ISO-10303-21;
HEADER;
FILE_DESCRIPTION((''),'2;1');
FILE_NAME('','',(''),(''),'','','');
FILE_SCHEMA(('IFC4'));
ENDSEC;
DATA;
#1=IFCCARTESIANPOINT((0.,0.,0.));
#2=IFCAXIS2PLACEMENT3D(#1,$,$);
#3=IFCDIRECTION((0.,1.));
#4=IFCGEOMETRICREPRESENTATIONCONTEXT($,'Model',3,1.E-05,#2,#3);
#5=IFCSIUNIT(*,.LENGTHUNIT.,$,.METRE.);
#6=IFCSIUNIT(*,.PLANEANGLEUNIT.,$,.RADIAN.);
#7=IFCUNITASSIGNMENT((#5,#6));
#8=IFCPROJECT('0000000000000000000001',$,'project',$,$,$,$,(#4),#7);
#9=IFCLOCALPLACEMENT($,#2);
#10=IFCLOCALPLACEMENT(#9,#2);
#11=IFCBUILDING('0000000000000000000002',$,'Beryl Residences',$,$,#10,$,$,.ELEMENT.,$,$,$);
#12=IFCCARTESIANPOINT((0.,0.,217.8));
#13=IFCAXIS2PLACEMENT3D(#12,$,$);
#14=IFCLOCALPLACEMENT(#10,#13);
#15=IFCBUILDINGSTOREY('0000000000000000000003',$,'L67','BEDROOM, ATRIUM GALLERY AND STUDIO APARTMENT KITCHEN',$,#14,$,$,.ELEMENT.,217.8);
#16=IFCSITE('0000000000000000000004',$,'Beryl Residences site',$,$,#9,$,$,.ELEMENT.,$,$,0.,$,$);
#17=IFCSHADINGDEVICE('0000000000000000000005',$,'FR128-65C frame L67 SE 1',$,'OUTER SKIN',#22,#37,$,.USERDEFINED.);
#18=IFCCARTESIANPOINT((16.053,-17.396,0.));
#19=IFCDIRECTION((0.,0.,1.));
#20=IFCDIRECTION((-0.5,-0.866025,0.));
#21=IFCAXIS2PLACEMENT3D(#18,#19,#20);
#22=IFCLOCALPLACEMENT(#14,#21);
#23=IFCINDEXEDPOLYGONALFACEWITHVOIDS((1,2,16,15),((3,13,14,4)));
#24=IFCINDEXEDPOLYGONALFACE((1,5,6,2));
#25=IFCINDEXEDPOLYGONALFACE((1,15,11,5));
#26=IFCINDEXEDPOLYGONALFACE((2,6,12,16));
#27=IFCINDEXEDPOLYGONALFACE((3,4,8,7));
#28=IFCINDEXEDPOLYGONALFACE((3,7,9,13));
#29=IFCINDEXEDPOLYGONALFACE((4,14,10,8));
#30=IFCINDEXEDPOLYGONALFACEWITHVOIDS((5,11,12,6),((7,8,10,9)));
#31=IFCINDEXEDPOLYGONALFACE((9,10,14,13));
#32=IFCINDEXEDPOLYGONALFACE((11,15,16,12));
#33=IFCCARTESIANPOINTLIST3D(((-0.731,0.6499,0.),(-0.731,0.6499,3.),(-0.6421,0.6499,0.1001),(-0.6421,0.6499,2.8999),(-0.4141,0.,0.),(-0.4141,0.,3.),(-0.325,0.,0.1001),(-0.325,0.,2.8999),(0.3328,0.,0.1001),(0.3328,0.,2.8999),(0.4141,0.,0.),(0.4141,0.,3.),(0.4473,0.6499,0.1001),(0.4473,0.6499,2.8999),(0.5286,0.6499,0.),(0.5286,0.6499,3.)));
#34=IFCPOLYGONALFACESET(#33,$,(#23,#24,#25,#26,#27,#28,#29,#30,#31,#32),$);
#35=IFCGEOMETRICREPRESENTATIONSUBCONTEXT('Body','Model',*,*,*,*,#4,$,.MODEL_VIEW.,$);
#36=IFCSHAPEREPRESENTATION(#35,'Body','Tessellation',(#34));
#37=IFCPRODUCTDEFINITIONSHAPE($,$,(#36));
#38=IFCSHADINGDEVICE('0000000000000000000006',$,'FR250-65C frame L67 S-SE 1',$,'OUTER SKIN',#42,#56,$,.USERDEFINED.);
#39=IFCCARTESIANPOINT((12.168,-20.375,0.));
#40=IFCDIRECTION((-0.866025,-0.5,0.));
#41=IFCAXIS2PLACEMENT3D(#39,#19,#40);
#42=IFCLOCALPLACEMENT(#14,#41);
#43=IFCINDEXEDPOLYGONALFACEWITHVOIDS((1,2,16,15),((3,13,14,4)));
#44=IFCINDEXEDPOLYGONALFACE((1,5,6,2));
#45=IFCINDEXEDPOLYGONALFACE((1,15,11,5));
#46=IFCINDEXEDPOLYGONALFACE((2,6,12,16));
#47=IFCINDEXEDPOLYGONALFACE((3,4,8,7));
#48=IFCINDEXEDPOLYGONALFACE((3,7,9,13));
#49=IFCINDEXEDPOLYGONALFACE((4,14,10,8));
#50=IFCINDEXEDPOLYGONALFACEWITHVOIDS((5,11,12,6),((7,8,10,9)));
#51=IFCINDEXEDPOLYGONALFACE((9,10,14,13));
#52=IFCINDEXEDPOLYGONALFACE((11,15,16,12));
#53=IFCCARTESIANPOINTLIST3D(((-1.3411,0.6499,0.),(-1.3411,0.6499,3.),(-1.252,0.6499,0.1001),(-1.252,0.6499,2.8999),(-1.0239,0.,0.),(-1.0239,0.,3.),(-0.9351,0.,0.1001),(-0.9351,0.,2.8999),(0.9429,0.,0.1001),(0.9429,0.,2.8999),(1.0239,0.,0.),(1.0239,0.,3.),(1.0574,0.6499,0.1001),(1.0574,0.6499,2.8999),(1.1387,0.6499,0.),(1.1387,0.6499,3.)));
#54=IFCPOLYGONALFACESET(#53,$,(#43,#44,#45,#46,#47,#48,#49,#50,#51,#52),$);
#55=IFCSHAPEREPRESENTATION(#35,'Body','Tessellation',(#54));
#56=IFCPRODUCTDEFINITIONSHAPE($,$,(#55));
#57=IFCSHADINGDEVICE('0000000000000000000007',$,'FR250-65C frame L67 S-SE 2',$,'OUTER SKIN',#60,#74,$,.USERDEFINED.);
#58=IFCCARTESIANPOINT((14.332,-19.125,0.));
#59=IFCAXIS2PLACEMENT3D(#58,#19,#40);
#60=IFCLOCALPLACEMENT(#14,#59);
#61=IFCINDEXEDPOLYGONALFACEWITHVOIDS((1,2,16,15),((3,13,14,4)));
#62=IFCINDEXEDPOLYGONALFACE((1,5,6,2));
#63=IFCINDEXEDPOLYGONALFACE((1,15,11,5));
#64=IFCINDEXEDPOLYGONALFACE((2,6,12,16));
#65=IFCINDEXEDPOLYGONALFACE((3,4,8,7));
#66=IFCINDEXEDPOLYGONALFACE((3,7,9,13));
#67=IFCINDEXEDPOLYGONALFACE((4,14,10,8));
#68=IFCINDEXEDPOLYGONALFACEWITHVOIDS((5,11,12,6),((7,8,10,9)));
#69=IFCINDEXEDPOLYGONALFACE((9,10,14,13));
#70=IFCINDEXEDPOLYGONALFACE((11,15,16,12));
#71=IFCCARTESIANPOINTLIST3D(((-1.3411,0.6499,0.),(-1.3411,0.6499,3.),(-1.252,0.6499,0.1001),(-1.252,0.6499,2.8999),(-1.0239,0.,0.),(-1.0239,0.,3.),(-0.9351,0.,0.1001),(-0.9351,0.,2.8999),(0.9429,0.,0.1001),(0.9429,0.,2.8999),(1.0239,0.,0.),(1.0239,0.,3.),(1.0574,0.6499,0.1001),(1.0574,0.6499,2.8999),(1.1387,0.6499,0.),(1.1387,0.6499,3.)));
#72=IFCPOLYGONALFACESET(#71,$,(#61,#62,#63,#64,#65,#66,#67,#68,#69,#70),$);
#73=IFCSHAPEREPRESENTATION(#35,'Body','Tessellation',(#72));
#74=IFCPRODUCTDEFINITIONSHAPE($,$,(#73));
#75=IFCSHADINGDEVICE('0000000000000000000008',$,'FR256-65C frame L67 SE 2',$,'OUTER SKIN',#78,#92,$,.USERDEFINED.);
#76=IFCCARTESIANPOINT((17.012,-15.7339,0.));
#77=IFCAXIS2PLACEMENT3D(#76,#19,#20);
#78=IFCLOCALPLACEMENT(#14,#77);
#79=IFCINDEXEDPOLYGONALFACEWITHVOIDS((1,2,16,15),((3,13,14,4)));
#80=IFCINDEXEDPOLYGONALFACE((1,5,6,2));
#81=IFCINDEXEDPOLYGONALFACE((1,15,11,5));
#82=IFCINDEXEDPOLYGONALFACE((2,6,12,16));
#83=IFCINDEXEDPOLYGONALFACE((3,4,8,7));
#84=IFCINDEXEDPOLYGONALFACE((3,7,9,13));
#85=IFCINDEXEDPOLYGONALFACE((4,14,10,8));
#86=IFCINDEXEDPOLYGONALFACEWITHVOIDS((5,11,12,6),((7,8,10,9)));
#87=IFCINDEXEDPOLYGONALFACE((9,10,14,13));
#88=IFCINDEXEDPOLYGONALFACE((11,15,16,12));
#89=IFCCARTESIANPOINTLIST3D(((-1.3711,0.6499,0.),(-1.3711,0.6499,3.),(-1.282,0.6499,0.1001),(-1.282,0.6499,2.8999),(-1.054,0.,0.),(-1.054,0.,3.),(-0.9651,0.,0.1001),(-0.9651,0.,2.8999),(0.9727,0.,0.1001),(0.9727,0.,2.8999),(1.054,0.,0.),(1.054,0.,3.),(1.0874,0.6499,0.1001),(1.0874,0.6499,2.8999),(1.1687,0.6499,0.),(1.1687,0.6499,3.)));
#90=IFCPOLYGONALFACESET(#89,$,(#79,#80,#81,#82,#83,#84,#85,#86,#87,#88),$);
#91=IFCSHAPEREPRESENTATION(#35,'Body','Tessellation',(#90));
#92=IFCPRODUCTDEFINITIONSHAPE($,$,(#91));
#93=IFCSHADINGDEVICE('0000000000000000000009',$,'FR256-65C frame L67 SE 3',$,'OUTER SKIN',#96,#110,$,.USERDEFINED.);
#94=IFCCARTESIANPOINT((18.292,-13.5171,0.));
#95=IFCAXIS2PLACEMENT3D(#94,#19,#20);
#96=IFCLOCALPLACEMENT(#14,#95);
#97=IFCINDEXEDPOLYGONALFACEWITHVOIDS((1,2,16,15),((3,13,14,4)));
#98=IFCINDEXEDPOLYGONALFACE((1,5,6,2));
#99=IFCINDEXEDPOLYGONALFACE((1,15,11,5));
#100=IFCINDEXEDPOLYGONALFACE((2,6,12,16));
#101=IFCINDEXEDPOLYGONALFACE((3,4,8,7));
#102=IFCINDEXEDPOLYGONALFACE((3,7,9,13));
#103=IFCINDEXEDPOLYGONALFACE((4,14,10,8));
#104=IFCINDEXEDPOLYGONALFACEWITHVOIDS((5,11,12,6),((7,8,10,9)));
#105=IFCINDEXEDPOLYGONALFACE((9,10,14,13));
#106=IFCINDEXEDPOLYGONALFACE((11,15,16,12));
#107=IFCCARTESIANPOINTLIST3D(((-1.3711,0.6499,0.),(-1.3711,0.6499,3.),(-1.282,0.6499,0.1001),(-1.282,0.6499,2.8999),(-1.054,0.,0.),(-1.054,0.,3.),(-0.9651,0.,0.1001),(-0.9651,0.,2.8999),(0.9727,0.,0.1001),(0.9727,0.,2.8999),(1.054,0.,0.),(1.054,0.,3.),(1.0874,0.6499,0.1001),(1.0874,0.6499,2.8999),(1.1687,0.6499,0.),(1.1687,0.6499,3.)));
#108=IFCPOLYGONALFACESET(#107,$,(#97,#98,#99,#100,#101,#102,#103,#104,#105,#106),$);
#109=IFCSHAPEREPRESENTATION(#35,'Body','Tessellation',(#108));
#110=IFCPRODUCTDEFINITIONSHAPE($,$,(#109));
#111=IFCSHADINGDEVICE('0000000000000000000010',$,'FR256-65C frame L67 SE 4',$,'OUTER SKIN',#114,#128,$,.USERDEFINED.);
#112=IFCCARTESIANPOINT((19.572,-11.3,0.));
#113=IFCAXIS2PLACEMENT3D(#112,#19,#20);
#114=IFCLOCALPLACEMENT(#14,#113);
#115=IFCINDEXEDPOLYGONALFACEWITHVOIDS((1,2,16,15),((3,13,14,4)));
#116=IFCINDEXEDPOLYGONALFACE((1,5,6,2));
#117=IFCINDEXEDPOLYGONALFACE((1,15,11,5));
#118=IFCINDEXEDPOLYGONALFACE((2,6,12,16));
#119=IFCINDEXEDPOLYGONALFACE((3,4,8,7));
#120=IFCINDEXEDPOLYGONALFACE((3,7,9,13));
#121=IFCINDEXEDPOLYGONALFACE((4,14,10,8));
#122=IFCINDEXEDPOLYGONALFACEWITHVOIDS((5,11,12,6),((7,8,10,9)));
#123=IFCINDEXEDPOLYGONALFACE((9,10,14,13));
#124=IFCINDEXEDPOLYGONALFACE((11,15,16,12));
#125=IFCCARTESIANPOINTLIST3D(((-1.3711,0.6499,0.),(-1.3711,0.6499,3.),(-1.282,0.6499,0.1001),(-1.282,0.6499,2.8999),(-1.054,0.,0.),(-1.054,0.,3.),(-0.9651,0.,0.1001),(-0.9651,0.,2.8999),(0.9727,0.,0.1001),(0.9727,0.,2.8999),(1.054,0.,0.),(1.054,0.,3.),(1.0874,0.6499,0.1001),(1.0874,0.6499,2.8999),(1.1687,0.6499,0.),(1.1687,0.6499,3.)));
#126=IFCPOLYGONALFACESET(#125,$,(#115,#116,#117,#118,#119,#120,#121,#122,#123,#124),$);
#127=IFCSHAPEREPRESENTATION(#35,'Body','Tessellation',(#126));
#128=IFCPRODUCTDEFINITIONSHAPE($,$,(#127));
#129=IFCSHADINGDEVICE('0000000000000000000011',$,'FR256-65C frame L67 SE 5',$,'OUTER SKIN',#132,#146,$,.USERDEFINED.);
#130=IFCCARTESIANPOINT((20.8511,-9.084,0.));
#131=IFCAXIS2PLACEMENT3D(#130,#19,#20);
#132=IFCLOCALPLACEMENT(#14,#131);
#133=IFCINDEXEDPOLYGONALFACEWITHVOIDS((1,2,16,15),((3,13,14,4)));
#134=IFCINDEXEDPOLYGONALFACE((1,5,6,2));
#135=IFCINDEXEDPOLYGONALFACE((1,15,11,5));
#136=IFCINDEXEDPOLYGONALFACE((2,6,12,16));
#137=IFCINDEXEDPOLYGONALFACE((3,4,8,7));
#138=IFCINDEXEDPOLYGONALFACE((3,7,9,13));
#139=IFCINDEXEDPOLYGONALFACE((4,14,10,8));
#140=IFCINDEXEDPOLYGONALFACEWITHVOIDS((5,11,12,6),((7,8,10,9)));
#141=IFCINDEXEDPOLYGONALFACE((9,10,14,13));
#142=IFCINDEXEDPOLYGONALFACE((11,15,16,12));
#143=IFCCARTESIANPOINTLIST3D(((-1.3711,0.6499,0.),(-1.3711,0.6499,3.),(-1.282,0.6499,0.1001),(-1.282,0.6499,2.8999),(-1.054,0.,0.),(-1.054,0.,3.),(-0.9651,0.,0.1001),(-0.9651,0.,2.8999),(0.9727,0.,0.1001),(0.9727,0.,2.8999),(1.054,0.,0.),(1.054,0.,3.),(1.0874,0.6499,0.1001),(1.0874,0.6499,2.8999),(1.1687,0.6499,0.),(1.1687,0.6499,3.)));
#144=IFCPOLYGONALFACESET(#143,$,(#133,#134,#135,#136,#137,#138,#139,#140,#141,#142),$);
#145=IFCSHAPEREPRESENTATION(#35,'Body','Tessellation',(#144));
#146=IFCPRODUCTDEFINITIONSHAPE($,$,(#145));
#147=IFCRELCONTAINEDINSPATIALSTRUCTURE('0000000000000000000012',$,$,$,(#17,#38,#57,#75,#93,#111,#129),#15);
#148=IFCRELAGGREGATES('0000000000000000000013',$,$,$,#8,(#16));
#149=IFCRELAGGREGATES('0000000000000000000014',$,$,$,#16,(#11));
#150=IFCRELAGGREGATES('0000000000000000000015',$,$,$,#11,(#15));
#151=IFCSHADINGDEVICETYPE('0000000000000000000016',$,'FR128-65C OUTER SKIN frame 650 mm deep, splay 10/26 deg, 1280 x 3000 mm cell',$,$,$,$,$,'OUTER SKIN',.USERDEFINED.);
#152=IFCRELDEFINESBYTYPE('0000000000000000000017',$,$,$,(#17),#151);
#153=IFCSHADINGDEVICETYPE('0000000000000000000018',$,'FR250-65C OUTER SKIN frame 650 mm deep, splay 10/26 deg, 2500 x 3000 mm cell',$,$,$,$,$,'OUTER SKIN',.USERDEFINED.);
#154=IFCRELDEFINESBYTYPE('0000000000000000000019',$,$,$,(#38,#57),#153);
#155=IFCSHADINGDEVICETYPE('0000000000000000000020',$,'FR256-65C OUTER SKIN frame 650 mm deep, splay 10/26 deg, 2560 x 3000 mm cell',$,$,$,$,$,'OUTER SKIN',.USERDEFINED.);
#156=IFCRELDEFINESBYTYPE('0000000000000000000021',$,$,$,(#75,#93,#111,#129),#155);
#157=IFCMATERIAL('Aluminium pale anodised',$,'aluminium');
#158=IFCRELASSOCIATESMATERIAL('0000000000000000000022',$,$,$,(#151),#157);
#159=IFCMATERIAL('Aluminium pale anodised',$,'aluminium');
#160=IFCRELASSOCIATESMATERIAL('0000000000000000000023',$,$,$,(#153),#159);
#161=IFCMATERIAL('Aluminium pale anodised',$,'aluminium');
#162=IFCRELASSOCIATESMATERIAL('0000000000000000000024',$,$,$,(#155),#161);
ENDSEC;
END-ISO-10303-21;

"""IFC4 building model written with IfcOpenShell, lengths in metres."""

from ifc_helpers import new_model, entity, si_unit, direction, frame, origin, place, context, subcontext, project, spatial, source, transform, mapped, material, type_object, type_shapes, element, save


model = new_model("IFC4")

# Units and contexts
model_context = context("Model", 3, precision=1e-05, world=origin(), true_north=direction((0.0, 1.0)))
body_context = subcontext(model_context, "Body", "Model", "MODEL_VIEW")
ifc_project = project(units=[si_unit("LENGTHUNIT", "METRE"), si_unit("PLANEANGLEUNIT", "RADIAN")], contexts=[model_context])

# Site, building, storey
site_placement = place(None, origin())
site = spatial("IfcSite", under=ifc_project, at=site_placement, Name="Beryl Residences site", CompositionType="ELEMENT", RefElevation=0.0)
building_placement = place(site_placement, origin())
building = spatial("IfcBuilding", under=site, at=building_placement, Name="Beryl Residences", CompositionType="ELEMENT")
storey_placement = place(building_placement, frame((0.0, 0.0, 217.8)))
storey = spatial("IfcBuildingStorey", under=building, at=storey_placement, Name="L67", Description="BEDROOM, ATRIUM GALLERY AND STUDIO APARTMENT KITCHEN", CompositionType="ELEMENT", Elevation=217.8)

# Shading devices
ifc_material_1 = material(Name="Aluminium pale anodised", Category="aluminium")
shading_device_type_1 = type_object("IfcShadingDeviceType", Name="FR128-65C OUTER SKIN frame 650 mm deep, splay 10/26 deg, 1280 x 3000 mm cell", ElementType="OUTER SKIN", PredefinedType="USERDEFINED", material=ifc_material_1)
cartesian_point_1 = entity("IfcCartesianPoint", [-0.4141, 0.0])
cartesian_point_2 = entity("IfcCartesianPoint", [-0.3328, 0.1001])
cartesian_point_3 = entity("IfcCartesianPoint", [-0.5286, 0.0])
cartesian_point_4 = entity("IfcCartesianPoint", [-0.4473, 0.1001])
shared_shape_1 = source(origin(), body_context, "Body", "SweptSolid", [
    entity("IfcExtrudedAreaSolidTapered", entity("IfcArbitraryProfileDefWithVoids", "AREA", None, entity("IfcPolyline", [cartesian_point_1, entity("IfcCartesianPoint", [0.4141, 0.0]), entity("IfcCartesianPoint", [0.4141, 3.0]), entity("IfcCartesianPoint", [-0.4141, 3.0]), cartesian_point_1]), [entity("IfcPolyline", [cartesian_point_2, entity("IfcCartesianPoint", [0.325, 0.1001]), entity("IfcCartesianPoint", [0.325, 2.8999]), entity("IfcCartesianPoint", [-0.3328, 2.8999]), cartesian_point_2])]), entity("IfcAxis2Placement3D", entity("IfcCartesianPoint", [0.0, 0.0, 0.0]), entity("IfcDirection", [0.0, 1.0, 0.0]), entity("IfcDirection", [-1.0, 0.0, 0.0])), entity("IfcDirection", [0.0, 0.0, 1.0]), 0.6499, entity("IfcArbitraryProfileDefWithVoids", "AREA", None, entity("IfcPolyline", [cartesian_point_3, entity("IfcCartesianPoint", [0.731, 0.0]), entity("IfcCartesianPoint", [0.731, 3.0]), entity("IfcCartesianPoint", [-0.5286, 3.0]), cartesian_point_3]), [entity("IfcPolyline", [cartesian_point_4, entity("IfcCartesianPoint", [0.6421, 0.1001]), entity("IfcCartesianPoint", [0.6421, 2.8999]), entity("IfcCartesianPoint", [-0.4473, 2.8999]), cartesian_point_4])])),
])
type_shapes(shading_device_type_1, [shared_shape_1])
shading_device_placement = place(storey_placement, frame((16.053, -17.396, 0.0), z_axis=(0.0, 0.0, 1.0), x_axis=(-0.5, -0.866025, 0.0)))
element("IfcShadingDevice", 1, at=shading_device_placement, inside=storey, type_object=shading_device_type_1, Name="FR128-65C frame L67 SE 1", ObjectType="OUTER SKIN", PredefinedType="USERDEFINED", context=body_context, shape_type="MappedRepresentation", body=[
    mapped(shared_shape_1, transform((0.0, 0.0, 0.0))),
])
ifc_material_2 = material(Name="Aluminium pale anodised", Category="aluminium")
shading_device_type_2 = type_object("IfcShadingDeviceType", Name="FR250-65C OUTER SKIN frame 650 mm deep, splay 10/26 deg, 2500 x 3000 mm cell", ElementType="OUTER SKIN", PredefinedType="USERDEFINED", material=ifc_material_2)
cartesian_point_5 = entity("IfcCartesianPoint", [-1.0239, 0.0])
cartesian_point_6 = entity("IfcCartesianPoint", [-0.9429, 0.1001])
cartesian_point_7 = entity("IfcCartesianPoint", [-1.1387, 0.0])
cartesian_point_8 = entity("IfcCartesianPoint", [-1.0574, 0.1001])
shared_shape_2 = source(origin(), body_context, "Body", "SweptSolid", [
    entity("IfcExtrudedAreaSolidTapered", entity("IfcArbitraryProfileDefWithVoids", "AREA", None, entity("IfcPolyline", [cartesian_point_5, entity("IfcCartesianPoint", [1.0239, 0.0]), entity("IfcCartesianPoint", [1.0239, 3.0]), entity("IfcCartesianPoint", [-1.0239, 3.0]), cartesian_point_5]), [entity("IfcPolyline", [cartesian_point_6, entity("IfcCartesianPoint", [0.9351, 0.1001]), entity("IfcCartesianPoint", [0.9351, 2.8999]), entity("IfcCartesianPoint", [-0.9429, 2.8999]), cartesian_point_6])]), entity("IfcAxis2Placement3D", entity("IfcCartesianPoint", [0.0, 0.0, 0.0]), entity("IfcDirection", [0.0, 1.0, 0.0]), entity("IfcDirection", [-1.0, 0.0, 0.0])), entity("IfcDirection", [0.0, 0.0, 1.0]), 0.6499, entity("IfcArbitraryProfileDefWithVoids", "AREA", None, entity("IfcPolyline", [cartesian_point_7, entity("IfcCartesianPoint", [1.3411, 0.0]), entity("IfcCartesianPoint", [1.3411, 3.0]), entity("IfcCartesianPoint", [-1.1387, 3.0]), cartesian_point_7]), [entity("IfcPolyline", [cartesian_point_8, entity("IfcCartesianPoint", [1.252, 0.1001]), entity("IfcCartesianPoint", [1.252, 2.8999]), entity("IfcCartesianPoint", [-1.0574, 2.8999]), cartesian_point_8])])),
])
type_shapes(shading_device_type_2, [shared_shape_2])
for number, where, z_axis, x_axis, name in (
    (2, (12.168, -20.375, 0.0), (0.0, 0.0, 1.0), (-0.866025, -0.5, 0.0), "FR250-65C frame L67 S-SE 1"),
    (3, (14.332, -19.125, 0.0), (0.0, 0.0, 1.0), (-0.866025, -0.5, 0.0), "FR250-65C frame L67 S-SE 2"),
):
    element("IfcShadingDevice", number, at=place(storey_placement, frame(where, z_axis=z_axis, x_axis=x_axis)), inside=storey, type_object=shading_device_type_2, Name=name, ObjectType="OUTER SKIN", PredefinedType="USERDEFINED", context=body_context, shape_type="MappedRepresentation", body=[
        mapped(shared_shape_2, transform((0.0, 0.0, 0.0))),
    ])
ifc_material_3 = material(Name="Aluminium pale anodised", Category="aluminium")
shading_device_type_3 = type_object("IfcShadingDeviceType", Name="FR256-65C OUTER SKIN frame 650 mm deep, splay 10/26 deg, 2560 x 3000 mm cell", ElementType="OUTER SKIN", PredefinedType="USERDEFINED", material=ifc_material_3)
cartesian_point_9 = entity("IfcCartesianPoint", [-1.054, 0.0])
cartesian_point_10 = entity("IfcCartesianPoint", [-0.9727, 0.1001])
cartesian_point_11 = entity("IfcCartesianPoint", [-1.1687, 0.0])
cartesian_point_12 = entity("IfcCartesianPoint", [-1.0874, 0.1001])
shared_shape_3 = source(origin(), body_context, "Body", "SweptSolid", [
    entity("IfcExtrudedAreaSolidTapered", entity("IfcArbitraryProfileDefWithVoids", "AREA", None, entity("IfcPolyline", [cartesian_point_9, entity("IfcCartesianPoint", [1.054, 0.0]), entity("IfcCartesianPoint", [1.054, 3.0]), entity("IfcCartesianPoint", [-1.054, 3.0]), cartesian_point_9]), [entity("IfcPolyline", [cartesian_point_10, entity("IfcCartesianPoint", [0.9651, 0.1001]), entity("IfcCartesianPoint", [0.9651, 2.8999]), entity("IfcCartesianPoint", [-0.9727, 2.8999]), cartesian_point_10])]), entity("IfcAxis2Placement3D", entity("IfcCartesianPoint", [0.0, 0.0, 0.0]), entity("IfcDirection", [0.0, 1.0, 0.0]), entity("IfcDirection", [-1.0, 0.0, 0.0])), entity("IfcDirection", [0.0, 0.0, 1.0]), 0.6499, entity("IfcArbitraryProfileDefWithVoids", "AREA", None, entity("IfcPolyline", [cartesian_point_11, entity("IfcCartesianPoint", [1.3711, 0.0]), entity("IfcCartesianPoint", [1.3711, 3.0]), entity("IfcCartesianPoint", [-1.1687, 3.0]), cartesian_point_11]), [entity("IfcPolyline", [cartesian_point_12, entity("IfcCartesianPoint", [1.282, 0.1001]), entity("IfcCartesianPoint", [1.282, 2.8999]), entity("IfcCartesianPoint", [-1.0874, 2.8999]), cartesian_point_12])])),
])
type_shapes(shading_device_type_3, [shared_shape_3])
for number, where, z_axis, x_axis, name in (
    (4, (17.012, -15.7339, 0.0), (0.0, 0.0, 1.0), (-0.5, -0.866025, 0.0), "FR256-65C frame L67 SE 2"),
    (5, (18.292, -13.5171, 0.0), (0.0, 0.0, 1.0), (-0.5, -0.866025, 0.0), "FR256-65C frame L67 SE 3"),
    (6, (19.572, -11.3, 0.0), (0.0, 0.0, 1.0), (-0.5, -0.866025, 0.0), "FR256-65C frame L67 SE 4"),
    (7, (20.8511, -9.084, 0.0), (0.0, 0.0, 1.0), (-0.5, -0.866025, 0.0), "FR256-65C frame L67 SE 5"),
):
    element("IfcShadingDevice", number, at=place(storey_placement, frame(where, z_axis=z_axis, x_axis=x_axis)), inside=storey, type_object=shading_device_type_3, Name=name, ObjectType="OUTER SKIN", PredefinedType="USERDEFINED", context=body_context, shape_type="MappedRepresentation", body=[
        mapped(shared_shape_3, transform((0.0, 0.0, 0.0))),
    ])

save(model, "model.ifc")
